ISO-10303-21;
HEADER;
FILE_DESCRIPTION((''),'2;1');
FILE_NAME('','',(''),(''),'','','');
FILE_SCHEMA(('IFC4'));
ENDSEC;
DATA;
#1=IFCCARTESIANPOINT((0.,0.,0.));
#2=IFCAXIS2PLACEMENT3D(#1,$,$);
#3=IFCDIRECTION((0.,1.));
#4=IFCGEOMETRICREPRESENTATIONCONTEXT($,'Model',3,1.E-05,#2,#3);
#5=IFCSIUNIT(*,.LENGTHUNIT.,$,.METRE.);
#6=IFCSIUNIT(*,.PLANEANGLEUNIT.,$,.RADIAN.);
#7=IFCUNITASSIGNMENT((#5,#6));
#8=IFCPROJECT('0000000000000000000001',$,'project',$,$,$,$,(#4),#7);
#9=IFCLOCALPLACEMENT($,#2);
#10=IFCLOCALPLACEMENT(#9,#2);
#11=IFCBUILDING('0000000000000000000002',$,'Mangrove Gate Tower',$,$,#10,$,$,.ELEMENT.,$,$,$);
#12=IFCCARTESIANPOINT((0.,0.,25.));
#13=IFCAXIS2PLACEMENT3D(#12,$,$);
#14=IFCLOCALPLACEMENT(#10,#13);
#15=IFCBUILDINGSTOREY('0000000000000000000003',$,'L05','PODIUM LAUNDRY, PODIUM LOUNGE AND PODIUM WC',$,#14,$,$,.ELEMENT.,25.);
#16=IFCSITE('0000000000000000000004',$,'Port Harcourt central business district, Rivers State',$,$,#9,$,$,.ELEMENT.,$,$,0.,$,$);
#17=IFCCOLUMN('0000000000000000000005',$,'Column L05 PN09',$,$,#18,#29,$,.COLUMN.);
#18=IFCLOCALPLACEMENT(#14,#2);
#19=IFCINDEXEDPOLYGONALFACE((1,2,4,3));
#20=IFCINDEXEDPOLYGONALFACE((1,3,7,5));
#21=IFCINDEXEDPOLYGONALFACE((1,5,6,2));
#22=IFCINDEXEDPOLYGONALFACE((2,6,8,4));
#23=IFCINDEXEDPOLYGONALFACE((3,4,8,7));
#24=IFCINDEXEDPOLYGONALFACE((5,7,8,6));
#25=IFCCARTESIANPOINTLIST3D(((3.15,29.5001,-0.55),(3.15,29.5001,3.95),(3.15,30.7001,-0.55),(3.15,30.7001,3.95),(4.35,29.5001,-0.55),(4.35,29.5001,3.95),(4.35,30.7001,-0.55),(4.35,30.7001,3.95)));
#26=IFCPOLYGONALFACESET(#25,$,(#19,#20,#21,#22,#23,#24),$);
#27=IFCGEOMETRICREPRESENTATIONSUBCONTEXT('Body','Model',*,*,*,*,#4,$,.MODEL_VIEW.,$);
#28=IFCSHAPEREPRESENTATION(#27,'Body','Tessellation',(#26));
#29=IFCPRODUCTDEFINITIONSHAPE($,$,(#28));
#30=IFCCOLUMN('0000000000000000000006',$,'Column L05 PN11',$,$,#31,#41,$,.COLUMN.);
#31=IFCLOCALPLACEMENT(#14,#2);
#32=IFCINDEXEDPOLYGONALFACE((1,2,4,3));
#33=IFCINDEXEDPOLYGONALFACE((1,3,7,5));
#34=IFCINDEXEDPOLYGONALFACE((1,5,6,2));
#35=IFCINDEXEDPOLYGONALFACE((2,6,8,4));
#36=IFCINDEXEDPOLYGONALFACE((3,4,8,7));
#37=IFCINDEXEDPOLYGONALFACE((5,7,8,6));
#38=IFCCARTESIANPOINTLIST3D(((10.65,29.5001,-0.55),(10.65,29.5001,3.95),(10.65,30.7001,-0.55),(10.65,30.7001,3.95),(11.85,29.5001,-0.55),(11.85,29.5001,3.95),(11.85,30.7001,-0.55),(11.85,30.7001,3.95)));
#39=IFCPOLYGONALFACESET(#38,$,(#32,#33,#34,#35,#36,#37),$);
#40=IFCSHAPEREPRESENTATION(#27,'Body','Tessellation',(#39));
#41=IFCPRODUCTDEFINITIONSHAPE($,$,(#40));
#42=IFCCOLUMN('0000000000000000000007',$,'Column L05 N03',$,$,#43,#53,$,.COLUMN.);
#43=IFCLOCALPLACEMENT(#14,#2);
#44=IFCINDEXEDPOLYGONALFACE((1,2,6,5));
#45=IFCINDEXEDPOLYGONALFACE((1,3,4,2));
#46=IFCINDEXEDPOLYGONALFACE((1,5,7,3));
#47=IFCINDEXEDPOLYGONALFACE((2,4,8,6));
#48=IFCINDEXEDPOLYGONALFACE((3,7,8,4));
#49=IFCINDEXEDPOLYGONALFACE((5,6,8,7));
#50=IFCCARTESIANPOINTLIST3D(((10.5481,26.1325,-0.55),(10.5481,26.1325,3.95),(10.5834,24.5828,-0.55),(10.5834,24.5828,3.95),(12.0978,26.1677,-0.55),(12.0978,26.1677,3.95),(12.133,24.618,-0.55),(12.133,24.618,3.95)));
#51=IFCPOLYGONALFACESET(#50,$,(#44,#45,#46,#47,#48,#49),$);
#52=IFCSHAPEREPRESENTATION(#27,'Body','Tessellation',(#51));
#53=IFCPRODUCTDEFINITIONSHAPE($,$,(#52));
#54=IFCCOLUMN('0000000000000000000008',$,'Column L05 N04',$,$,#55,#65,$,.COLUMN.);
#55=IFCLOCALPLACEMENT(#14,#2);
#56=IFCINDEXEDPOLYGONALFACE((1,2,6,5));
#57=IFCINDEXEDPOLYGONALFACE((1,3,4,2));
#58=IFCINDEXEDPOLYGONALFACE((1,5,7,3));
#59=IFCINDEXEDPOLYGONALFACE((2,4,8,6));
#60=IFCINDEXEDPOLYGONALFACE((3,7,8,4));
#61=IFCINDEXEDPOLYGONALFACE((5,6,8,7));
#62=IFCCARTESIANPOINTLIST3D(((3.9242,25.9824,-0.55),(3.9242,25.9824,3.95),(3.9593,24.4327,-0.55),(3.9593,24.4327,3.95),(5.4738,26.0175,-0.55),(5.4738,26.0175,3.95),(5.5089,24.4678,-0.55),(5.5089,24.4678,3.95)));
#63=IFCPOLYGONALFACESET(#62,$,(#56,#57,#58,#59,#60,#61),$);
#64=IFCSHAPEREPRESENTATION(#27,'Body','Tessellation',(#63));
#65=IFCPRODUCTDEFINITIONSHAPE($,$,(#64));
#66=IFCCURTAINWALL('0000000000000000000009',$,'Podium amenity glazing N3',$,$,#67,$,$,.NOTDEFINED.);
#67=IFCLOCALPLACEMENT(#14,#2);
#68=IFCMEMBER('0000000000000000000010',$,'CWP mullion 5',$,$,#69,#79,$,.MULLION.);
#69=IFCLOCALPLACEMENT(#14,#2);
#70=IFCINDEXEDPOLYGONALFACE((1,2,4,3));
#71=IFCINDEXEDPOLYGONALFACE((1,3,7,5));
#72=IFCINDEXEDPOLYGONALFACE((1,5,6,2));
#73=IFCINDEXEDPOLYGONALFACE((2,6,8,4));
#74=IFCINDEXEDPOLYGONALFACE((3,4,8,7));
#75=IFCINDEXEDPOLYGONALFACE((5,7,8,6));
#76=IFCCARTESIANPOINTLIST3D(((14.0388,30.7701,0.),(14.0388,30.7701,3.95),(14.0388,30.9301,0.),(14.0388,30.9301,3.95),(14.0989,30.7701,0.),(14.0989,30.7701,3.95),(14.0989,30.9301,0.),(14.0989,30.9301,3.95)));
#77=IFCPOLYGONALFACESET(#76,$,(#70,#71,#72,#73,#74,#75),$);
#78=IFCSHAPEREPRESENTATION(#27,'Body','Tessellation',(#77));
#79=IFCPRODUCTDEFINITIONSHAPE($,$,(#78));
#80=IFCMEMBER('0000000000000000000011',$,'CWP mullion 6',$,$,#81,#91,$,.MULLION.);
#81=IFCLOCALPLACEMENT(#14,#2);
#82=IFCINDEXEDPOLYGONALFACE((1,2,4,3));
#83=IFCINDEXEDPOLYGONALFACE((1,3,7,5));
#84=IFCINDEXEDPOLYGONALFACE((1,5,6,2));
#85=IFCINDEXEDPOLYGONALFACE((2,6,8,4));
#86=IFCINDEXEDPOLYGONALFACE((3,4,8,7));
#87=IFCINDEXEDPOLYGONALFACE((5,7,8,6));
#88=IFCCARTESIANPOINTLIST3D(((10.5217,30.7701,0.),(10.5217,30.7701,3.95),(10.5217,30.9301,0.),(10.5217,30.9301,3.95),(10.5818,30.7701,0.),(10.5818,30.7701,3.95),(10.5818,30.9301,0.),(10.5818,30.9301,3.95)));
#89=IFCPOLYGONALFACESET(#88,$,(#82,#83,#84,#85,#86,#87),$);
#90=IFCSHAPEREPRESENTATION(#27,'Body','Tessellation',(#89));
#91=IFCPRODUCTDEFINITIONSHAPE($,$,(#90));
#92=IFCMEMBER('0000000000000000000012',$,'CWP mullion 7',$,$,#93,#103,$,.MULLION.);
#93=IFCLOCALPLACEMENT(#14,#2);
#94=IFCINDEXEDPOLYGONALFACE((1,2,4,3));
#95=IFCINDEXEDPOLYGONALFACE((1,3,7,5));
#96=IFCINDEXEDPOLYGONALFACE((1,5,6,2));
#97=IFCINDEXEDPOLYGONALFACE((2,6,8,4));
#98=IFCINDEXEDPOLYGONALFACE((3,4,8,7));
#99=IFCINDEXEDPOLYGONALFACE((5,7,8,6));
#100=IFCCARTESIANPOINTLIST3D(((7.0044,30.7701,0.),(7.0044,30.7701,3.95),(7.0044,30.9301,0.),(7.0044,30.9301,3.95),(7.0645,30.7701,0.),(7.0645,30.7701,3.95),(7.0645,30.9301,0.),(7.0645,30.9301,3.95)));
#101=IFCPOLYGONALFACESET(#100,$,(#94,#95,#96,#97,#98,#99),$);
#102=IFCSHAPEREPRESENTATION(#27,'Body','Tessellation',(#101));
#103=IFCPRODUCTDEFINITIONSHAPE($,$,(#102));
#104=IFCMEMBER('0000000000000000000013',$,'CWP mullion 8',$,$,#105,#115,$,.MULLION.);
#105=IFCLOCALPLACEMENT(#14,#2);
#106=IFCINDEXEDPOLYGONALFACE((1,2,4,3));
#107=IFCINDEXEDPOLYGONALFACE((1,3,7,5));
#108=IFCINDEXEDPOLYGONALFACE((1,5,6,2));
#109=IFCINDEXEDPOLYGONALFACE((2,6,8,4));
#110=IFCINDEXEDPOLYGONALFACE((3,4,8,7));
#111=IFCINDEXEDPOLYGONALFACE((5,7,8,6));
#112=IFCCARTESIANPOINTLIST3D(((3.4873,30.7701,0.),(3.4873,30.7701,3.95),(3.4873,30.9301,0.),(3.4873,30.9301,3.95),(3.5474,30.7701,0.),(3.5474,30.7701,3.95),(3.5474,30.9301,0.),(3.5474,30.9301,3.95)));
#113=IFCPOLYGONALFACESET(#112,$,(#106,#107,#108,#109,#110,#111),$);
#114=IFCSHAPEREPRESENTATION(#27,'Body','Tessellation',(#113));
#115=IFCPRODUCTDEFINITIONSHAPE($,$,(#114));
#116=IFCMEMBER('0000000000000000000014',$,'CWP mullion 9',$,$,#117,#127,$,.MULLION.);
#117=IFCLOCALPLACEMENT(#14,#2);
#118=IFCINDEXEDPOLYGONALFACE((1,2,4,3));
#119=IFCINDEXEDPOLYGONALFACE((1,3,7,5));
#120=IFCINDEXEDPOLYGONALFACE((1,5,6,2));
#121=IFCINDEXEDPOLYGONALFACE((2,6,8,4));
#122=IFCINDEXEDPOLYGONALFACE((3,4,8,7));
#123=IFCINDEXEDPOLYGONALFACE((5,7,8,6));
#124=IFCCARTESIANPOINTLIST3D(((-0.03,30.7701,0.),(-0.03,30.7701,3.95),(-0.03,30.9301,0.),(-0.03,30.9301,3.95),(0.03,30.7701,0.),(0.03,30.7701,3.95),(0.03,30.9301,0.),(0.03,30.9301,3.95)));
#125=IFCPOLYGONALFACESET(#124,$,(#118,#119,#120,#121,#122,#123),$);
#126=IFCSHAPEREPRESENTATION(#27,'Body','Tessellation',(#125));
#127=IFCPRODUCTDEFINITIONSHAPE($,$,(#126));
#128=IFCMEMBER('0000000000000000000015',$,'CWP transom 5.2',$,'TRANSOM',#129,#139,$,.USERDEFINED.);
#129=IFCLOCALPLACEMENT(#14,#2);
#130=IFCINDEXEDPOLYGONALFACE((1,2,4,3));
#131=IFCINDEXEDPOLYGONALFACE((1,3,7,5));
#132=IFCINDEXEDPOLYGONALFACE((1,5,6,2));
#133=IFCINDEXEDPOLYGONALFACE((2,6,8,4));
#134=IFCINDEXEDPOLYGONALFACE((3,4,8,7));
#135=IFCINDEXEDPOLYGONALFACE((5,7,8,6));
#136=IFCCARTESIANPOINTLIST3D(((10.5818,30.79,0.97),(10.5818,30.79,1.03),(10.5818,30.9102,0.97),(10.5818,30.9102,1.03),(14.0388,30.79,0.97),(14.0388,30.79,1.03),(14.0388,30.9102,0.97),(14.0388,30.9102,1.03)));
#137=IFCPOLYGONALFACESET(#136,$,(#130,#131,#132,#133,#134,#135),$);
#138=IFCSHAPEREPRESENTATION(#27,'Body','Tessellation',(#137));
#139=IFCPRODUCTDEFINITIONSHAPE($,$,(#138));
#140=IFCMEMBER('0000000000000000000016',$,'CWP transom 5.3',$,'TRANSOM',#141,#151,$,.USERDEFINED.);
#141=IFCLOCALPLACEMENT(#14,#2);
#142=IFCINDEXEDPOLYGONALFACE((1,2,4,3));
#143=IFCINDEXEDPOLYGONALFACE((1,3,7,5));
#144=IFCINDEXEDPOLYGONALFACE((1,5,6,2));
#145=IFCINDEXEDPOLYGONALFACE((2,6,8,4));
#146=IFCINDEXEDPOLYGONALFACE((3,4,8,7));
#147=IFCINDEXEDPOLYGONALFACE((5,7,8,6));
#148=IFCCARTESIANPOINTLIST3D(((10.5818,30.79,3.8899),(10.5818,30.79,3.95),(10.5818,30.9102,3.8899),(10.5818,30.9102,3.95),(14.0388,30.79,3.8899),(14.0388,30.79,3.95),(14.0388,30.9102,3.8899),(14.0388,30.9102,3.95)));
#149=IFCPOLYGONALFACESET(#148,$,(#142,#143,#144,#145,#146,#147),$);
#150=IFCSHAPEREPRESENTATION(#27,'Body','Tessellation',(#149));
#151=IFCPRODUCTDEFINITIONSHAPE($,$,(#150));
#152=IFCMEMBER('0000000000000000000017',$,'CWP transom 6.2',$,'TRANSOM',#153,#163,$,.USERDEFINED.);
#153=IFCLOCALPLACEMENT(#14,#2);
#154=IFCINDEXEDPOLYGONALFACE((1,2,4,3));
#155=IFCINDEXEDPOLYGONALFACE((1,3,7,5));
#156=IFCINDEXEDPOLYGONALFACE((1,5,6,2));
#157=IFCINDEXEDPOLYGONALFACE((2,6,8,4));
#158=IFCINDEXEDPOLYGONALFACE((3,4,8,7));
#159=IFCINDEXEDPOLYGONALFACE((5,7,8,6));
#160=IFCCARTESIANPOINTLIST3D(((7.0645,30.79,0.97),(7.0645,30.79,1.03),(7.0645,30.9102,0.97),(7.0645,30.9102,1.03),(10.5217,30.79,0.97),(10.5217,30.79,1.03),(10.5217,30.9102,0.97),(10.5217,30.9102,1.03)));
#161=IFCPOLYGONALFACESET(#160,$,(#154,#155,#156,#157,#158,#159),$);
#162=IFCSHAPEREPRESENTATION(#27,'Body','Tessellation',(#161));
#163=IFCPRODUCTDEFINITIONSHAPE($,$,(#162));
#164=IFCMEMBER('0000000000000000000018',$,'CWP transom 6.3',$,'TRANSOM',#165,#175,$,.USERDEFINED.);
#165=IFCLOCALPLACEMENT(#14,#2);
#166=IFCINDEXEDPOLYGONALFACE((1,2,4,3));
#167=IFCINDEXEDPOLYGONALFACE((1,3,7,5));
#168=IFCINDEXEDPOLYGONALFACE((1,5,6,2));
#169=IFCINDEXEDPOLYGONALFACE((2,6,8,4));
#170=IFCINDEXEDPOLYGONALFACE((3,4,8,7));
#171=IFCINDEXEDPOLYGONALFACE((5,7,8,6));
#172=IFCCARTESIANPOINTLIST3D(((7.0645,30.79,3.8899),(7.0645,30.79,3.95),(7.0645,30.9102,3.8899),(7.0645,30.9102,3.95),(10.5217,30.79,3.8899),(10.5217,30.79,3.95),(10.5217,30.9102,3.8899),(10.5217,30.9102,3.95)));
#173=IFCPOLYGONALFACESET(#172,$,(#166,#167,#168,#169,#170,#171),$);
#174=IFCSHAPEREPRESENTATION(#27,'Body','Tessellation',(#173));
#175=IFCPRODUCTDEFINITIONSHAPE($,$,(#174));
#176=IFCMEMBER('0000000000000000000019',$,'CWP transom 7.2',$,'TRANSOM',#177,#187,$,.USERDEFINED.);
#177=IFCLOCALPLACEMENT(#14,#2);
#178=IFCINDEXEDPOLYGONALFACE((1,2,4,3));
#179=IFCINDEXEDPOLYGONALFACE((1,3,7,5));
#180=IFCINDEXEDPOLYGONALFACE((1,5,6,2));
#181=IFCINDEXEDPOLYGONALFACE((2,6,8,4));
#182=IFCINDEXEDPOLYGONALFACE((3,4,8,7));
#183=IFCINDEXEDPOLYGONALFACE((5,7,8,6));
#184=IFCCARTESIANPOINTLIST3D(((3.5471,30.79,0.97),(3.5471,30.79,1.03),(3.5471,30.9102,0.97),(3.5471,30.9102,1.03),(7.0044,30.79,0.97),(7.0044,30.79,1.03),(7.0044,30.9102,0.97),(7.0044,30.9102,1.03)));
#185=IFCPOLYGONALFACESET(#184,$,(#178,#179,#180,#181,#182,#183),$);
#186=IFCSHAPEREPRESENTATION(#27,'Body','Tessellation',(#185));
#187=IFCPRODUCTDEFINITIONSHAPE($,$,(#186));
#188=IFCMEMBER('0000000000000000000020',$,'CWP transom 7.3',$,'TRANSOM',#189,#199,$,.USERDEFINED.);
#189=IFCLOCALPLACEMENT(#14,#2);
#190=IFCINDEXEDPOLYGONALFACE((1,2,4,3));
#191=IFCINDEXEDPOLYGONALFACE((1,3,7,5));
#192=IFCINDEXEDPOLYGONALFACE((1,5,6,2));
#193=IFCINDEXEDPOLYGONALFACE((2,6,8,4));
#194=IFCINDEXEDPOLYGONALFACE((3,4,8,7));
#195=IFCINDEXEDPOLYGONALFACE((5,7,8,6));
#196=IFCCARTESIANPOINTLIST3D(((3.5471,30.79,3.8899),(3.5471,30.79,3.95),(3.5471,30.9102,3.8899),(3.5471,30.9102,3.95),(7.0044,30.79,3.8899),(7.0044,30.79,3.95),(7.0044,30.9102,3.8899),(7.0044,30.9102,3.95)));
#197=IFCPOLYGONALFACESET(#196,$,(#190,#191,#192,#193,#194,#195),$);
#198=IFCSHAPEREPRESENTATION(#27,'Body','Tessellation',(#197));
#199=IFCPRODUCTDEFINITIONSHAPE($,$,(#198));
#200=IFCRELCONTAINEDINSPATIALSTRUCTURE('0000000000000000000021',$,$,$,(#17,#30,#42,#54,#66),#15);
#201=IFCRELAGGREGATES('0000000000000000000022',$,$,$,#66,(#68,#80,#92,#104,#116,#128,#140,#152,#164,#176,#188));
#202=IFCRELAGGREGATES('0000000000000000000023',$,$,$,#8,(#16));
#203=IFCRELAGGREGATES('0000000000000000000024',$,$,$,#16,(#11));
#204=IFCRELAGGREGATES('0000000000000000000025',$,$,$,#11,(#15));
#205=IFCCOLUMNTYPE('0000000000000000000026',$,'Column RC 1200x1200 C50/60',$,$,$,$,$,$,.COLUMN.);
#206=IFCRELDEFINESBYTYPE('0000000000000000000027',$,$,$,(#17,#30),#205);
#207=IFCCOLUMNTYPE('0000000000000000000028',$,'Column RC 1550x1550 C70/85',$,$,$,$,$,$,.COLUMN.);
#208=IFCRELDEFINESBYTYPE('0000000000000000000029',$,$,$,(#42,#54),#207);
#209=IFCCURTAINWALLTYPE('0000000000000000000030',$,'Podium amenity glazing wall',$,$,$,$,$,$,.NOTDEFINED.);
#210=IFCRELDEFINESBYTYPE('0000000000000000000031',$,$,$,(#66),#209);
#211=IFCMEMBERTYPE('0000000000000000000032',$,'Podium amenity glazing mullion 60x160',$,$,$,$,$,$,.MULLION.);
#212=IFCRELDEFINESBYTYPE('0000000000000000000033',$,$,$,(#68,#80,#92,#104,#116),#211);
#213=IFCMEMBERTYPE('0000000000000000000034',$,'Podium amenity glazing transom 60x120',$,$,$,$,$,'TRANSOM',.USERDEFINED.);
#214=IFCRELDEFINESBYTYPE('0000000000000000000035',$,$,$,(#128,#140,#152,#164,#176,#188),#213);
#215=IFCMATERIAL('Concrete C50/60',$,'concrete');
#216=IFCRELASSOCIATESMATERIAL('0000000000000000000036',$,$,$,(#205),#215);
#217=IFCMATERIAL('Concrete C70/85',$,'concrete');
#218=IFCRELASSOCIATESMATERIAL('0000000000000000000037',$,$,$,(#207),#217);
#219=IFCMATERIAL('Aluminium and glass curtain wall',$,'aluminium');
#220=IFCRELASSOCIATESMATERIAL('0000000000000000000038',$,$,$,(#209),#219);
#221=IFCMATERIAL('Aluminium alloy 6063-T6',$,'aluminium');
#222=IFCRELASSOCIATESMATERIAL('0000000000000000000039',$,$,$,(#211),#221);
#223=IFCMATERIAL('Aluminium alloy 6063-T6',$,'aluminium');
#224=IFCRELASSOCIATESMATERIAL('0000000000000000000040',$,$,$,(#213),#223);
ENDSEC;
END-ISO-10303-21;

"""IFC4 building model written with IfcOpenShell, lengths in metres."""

from ifc_helpers import new_model, si_unit, direction, frame, origin, origin_2d, place, context, subcontext, project, spatial, rectangle, extrude, material, material_profile, profile_set, type_object, element, aggregate, save


model = new_model("IFC4")

# Units and contexts
model_context = context("Model", 3, precision=1e-05, world=origin(), true_north=direction((0.0, 1.0)))
body_context = subcontext(model_context, "Body", "Model", "MODEL_VIEW")
ifc_project = project(units=[si_unit("LENGTHUNIT", "METRE"), si_unit("PLANEANGLEUNIT", "RADIAN")], contexts=[model_context])

# Site, building, storey
site_placement = place(None, origin())
site = spatial("IfcSite", under=ifc_project, at=site_placement, Name="Port Harcourt central business district, Rivers State", CompositionType="ELEMENT", RefElevation=0.0)
building_placement = place(site_placement, origin())
building = spatial("IfcBuilding", under=site, at=building_placement, Name="Mangrove Gate Tower", CompositionType="ELEMENT")
storey_placement = place(building_placement, frame((0.0, 0.0, 25.0)))
storey = spatial("IfcBuildingStorey", under=building, at=storey_placement, Name="L05", Description="PODIUM LAUNDRY, PODIUM LOUNGE AND PODIUM WC", CompositionType="ELEMENT", Elevation=25.0)

# Columns
ifc_material_1 = material(Name="Concrete C50/60", Category="concrete")
ifc_material_profile_1 = material_profile(ifc_material_1, rectangle(XDim=1.2, YDim=1.2, at=origin_2d()))
ifc_profile_set_1 = profile_set([ifc_material_profile_1], Name="Concrete C50/60")
column_type_1 = type_object("IfcColumnType", Name="Column RC 1200x1200 C50/60", PredefinedType="COLUMN", material=ifc_profile_set_1)
for number, where, z_axis, x_axis, name in (
    (1, (3.75, 30.1001, -0.55), (0.0, 0.0, 1.0), (1.0, 0.0, 0.0), "Column L05 PN09"),
    (2, (11.25, 30.1001, -0.55), (0.0, 0.0, 1.0), (1.0, 0.0, 0.0), "Column L05 PN11"),
):
    element("IfcColumn", number, at=place(storey_placement, frame(where, z_axis=z_axis, x_axis=x_axis)), inside=storey, type_object=column_type_1, Name=name, PredefinedType="COLUMN", context=body_context, shape_type="SweptSolid", body=[
        extrude(rectangle(XDim=1.2, YDim=1.2, at=origin_2d()), origin(), (0.0, 0.0, 1.0), 4.5),
    ])
ifc_material_2 = material(Name="Concrete C70/85", Category="concrete")
ifc_material_profile_2 = material_profile(ifc_material_2, rectangle(XDim=1.55, YDim=1.55, at=origin_2d()))
ifc_profile_set_2 = profile_set([ifc_material_profile_2], Name="Concrete C70/85")
column_type_2 = type_object("IfcColumnType", Name="Column RC 1550x1550 C70/85", PredefinedType="COLUMN", material=ifc_profile_set_2)
for number, where, z_axis, x_axis, name in (
    (3, (11.3406, 25.3752, -0.55), (0.0, 0.0, 1.0), (-0.999742, -0.022716, 0.0), "Column L05 N03"),
    (4, (4.7166, 25.2251, -0.55), (0.0, 0.0, 1.0), (-0.999744, -0.022641, 0.0), "Column L05 N04"),
):
    element("IfcColumn", number, at=place(storey_placement, frame(where, z_axis=z_axis, x_axis=x_axis)), inside=storey, type_object=column_type_2, Name=name, PredefinedType="COLUMN", context=body_context, shape_type="SweptSolid", body=[
        extrude(rectangle(XDim=1.55, YDim=1.55, at=origin_2d()), origin(), (0.0, 0.0, 1.0), 4.5),
    ])

# Curtain wall, members
ifc_material_3 = material(Name="Aluminium and glass curtain wall", Category="aluminium")
curtain_wall_type = type_object("IfcCurtainWallType", Name="Podium amenity glazing wall", PredefinedType="NOTDEFINED", material=ifc_material_3)
curtain_wall_placement = place(storey_placement, origin())
curtain_wall = element("IfcCurtainWall", 5, at=curtain_wall_placement, inside=storey, type_object=curtain_wall_type, Name="Podium amenity glazing N3", PredefinedType="NOTDEFINED")
ifc_material_4 = material(Name="Aluminium alloy 6063-T6", Category="aluminium")
ifc_material_profile_3 = material_profile(ifc_material_4, rectangle(XDim=0.0601, YDim=0.1599, at=origin_2d()))
ifc_profile_set_3 = profile_set([ifc_material_profile_3], Name="Aluminium alloy 6063-T6")
member_type_1 = type_object("IfcMemberType", Name="Podium amenity glazing mullion 60x160", PredefinedType="MULLION", material=ifc_profile_set_3)
member_1_placement = place(storey_placement, frame((14.0688, 30.8501, 0.0), z_axis=(0.0, 0.0, 1.0), x_axis=(-1.0, 0.0, 0.0)))
member_1 = element("IfcMember", 6, at=member_1_placement, type_object=member_type_1, Name="CWP mullion 5", PredefinedType="MULLION", context=body_context, shape_type="SweptSolid", body=[
    extrude(rectangle(XDim=0.0601, YDim=0.1599, at=origin_2d()), origin(), (0.0, 0.0, 1.0), 3.95),
])
member_2_placement = place(storey_placement, frame((10.5518, 30.8501, 0.0), z_axis=(0.0, 0.0, 1.0), x_axis=(-1.0, 0.0, 0.0)))
member_2 = element("IfcMember", 7, at=member_2_placement, type_object=member_type_1, Name="CWP mullion 6", PredefinedType="MULLION", context=body_context, shape_type="SweptSolid", body=[
    extrude(rectangle(XDim=0.0601, YDim=0.1599, at=origin_2d()), origin(), (0.0, 0.0, 1.0), 3.95),
])
member_3_placement = place(storey_placement, frame((7.0344, 30.8501, 0.0), z_axis=(0.0, 0.0, 1.0), x_axis=(-1.0, 0.0, 0.0)))
member_3 = element("IfcMember", 8, at=member_3_placement, type_object=member_type_1, Name="CWP mullion 7", PredefinedType="MULLION", context=body_context, shape_type="SweptSolid", body=[
    extrude(rectangle(XDim=0.0601, YDim=0.1599, at=origin_2d()), origin(), (0.0, 0.0, 1.0), 3.95),
])
member_4_placement = place(storey_placement, frame((3.5173, 30.8501, 0.0), z_axis=(0.0, 0.0, 1.0), x_axis=(-1.0, 0.0, 0.0)))
member_4 = element("IfcMember", 9, at=member_4_placement, type_object=member_type_1, Name="CWP mullion 8", PredefinedType="MULLION", context=body_context, shape_type="SweptSolid", body=[
    extrude(rectangle(XDim=0.0601, YDim=0.1599, at=origin_2d()), origin(), (0.0, 0.0, 1.0), 3.95),
])
member_5_placement = place(storey_placement, frame((0.0, 30.8501, 0.0), z_axis=(0.0, 0.0, 1.0), x_axis=(-1.0, 0.0, 0.0)))
member_5 = element("IfcMember", 10, at=member_5_placement, type_object=member_type_1, Name="CWP mullion 9", PredefinedType="MULLION", context=body_context, shape_type="SweptSolid", body=[
    extrude(rectangle(XDim=0.0601, YDim=0.1599, at=origin_2d()), origin(), (0.0, 0.0, 1.0), 3.95),
])
ifc_material_5 = material(Name="Aluminium alloy 6063-T6", Category="aluminium")
ifc_material_profile_4 = material_profile(ifc_material_5, rectangle(XDim=0.0601, YDim=0.1201, at=origin_2d()))
ifc_profile_set_4 = profile_set([ifc_material_profile_4], Name="Aluminium alloy 6063-T6")
member_type_2 = type_object("IfcMemberType", Name="Podium amenity glazing transom 60x120", ElementType="TRANSOM", PredefinedType="USERDEFINED", material=ifc_profile_set_4)
member_6_placement = place(storey_placement, frame((14.0388, 30.8501, 1.0), z_axis=(-1.0, 0.0, 0.0), x_axis=(0.0, 0.0, 1.0)))
member_6 = element("IfcMember", 11, at=member_6_placement, type_object=member_type_2, Name="CWP transom 5.2", ObjectType="TRANSOM", PredefinedType="USERDEFINED", context=body_context, shape_type="SweptSolid", body=[
    extrude(rectangle(XDim=0.0601, YDim=0.1201, at=origin_2d()), origin(), (0.0, 0.0, 1.0), 3.457),
])
member_7_placement = place(storey_placement, frame((14.0388, 30.8501, 3.9199), z_axis=(-1.0, 0.0, 0.0), x_axis=(0.0, 0.0, 1.0)))
member_7 = element("IfcMember", 12, at=member_7_placement, type_object=member_type_2, Name="CWP transom 5.3", ObjectType="TRANSOM", PredefinedType="USERDEFINED", context=body_context, shape_type="SweptSolid", body=[
    extrude(rectangle(XDim=0.0601, YDim=0.1201, at=origin_2d()), origin(), (0.0, 0.0, 1.0), 3.457),
])
member_8_placement = place(storey_placement, frame((10.5217, 30.8501, 1.0), z_axis=(-1.0, 0.0, 0.0), x_axis=(0.0, 0.0, 1.0)))
member_8 = element("IfcMember", 13, at=member_8_placement, type_object=member_type_2, Name="CWP transom 6.2", ObjectType="TRANSOM", PredefinedType="USERDEFINED", context=body_context, shape_type="SweptSolid", body=[
    extrude(rectangle(XDim=0.0601, YDim=0.1201, at=origin_2d()), origin(), (0.0, 0.0, 1.0), 3.4573),
])
member_9_placement = place(storey_placement, frame((10.5217, 30.8501, 3.9199), z_axis=(-1.0, 0.0, 0.0), x_axis=(0.0, 0.0, 1.0)))
member_9 = element("IfcMember", 14, at=member_9_placement, type_object=member_type_2, Name="CWP transom 6.3", ObjectType="TRANSOM", PredefinedType="USERDEFINED", context=body_context, shape_type="SweptSolid", body=[
    extrude(rectangle(XDim=0.0601, YDim=0.1201, at=origin_2d()), origin(), (0.0, 0.0, 1.0), 3.4573),
])
member_10_placement = place(storey_placement, frame((7.0044, 30.8501, 1.0), z_axis=(-1.0, 0.0, 0.0), x_axis=(0.0, 0.0, 1.0)))
member_10 = element("IfcMember", 15, at=member_10_placement, type_object=member_type_2, Name="CWP transom 7.2", ObjectType="TRANSOM", PredefinedType="USERDEFINED", context=body_context, shape_type="SweptSolid", body=[
    extrude(rectangle(XDim=0.0601, YDim=0.1201, at=origin_2d()), origin(), (0.0, 0.0, 1.0), 3.4573),
])
member_11_placement = place(storey_placement, frame((7.0044, 30.8501, 3.9199), z_axis=(-1.0, 0.0, 0.0), x_axis=(0.0, 0.0, 1.0)))
member_11 = element("IfcMember", 16, at=member_11_placement, type_object=member_type_2, Name="CWP transom 7.3", ObjectType="TRANSOM", PredefinedType="USERDEFINED", context=body_context, shape_type="SweptSolid", body=[
    extrude(rectangle(XDim=0.0601, YDim=0.1201, at=origin_2d()), origin(), (0.0, 0.0, 1.0), 3.4573),
])
aggregate(curtain_wall, [member_1, member_2, member_3, member_4, member_5, member_6, member_7, member_8, member_9, member_10, member_11])

save(model, "model.ifc")
